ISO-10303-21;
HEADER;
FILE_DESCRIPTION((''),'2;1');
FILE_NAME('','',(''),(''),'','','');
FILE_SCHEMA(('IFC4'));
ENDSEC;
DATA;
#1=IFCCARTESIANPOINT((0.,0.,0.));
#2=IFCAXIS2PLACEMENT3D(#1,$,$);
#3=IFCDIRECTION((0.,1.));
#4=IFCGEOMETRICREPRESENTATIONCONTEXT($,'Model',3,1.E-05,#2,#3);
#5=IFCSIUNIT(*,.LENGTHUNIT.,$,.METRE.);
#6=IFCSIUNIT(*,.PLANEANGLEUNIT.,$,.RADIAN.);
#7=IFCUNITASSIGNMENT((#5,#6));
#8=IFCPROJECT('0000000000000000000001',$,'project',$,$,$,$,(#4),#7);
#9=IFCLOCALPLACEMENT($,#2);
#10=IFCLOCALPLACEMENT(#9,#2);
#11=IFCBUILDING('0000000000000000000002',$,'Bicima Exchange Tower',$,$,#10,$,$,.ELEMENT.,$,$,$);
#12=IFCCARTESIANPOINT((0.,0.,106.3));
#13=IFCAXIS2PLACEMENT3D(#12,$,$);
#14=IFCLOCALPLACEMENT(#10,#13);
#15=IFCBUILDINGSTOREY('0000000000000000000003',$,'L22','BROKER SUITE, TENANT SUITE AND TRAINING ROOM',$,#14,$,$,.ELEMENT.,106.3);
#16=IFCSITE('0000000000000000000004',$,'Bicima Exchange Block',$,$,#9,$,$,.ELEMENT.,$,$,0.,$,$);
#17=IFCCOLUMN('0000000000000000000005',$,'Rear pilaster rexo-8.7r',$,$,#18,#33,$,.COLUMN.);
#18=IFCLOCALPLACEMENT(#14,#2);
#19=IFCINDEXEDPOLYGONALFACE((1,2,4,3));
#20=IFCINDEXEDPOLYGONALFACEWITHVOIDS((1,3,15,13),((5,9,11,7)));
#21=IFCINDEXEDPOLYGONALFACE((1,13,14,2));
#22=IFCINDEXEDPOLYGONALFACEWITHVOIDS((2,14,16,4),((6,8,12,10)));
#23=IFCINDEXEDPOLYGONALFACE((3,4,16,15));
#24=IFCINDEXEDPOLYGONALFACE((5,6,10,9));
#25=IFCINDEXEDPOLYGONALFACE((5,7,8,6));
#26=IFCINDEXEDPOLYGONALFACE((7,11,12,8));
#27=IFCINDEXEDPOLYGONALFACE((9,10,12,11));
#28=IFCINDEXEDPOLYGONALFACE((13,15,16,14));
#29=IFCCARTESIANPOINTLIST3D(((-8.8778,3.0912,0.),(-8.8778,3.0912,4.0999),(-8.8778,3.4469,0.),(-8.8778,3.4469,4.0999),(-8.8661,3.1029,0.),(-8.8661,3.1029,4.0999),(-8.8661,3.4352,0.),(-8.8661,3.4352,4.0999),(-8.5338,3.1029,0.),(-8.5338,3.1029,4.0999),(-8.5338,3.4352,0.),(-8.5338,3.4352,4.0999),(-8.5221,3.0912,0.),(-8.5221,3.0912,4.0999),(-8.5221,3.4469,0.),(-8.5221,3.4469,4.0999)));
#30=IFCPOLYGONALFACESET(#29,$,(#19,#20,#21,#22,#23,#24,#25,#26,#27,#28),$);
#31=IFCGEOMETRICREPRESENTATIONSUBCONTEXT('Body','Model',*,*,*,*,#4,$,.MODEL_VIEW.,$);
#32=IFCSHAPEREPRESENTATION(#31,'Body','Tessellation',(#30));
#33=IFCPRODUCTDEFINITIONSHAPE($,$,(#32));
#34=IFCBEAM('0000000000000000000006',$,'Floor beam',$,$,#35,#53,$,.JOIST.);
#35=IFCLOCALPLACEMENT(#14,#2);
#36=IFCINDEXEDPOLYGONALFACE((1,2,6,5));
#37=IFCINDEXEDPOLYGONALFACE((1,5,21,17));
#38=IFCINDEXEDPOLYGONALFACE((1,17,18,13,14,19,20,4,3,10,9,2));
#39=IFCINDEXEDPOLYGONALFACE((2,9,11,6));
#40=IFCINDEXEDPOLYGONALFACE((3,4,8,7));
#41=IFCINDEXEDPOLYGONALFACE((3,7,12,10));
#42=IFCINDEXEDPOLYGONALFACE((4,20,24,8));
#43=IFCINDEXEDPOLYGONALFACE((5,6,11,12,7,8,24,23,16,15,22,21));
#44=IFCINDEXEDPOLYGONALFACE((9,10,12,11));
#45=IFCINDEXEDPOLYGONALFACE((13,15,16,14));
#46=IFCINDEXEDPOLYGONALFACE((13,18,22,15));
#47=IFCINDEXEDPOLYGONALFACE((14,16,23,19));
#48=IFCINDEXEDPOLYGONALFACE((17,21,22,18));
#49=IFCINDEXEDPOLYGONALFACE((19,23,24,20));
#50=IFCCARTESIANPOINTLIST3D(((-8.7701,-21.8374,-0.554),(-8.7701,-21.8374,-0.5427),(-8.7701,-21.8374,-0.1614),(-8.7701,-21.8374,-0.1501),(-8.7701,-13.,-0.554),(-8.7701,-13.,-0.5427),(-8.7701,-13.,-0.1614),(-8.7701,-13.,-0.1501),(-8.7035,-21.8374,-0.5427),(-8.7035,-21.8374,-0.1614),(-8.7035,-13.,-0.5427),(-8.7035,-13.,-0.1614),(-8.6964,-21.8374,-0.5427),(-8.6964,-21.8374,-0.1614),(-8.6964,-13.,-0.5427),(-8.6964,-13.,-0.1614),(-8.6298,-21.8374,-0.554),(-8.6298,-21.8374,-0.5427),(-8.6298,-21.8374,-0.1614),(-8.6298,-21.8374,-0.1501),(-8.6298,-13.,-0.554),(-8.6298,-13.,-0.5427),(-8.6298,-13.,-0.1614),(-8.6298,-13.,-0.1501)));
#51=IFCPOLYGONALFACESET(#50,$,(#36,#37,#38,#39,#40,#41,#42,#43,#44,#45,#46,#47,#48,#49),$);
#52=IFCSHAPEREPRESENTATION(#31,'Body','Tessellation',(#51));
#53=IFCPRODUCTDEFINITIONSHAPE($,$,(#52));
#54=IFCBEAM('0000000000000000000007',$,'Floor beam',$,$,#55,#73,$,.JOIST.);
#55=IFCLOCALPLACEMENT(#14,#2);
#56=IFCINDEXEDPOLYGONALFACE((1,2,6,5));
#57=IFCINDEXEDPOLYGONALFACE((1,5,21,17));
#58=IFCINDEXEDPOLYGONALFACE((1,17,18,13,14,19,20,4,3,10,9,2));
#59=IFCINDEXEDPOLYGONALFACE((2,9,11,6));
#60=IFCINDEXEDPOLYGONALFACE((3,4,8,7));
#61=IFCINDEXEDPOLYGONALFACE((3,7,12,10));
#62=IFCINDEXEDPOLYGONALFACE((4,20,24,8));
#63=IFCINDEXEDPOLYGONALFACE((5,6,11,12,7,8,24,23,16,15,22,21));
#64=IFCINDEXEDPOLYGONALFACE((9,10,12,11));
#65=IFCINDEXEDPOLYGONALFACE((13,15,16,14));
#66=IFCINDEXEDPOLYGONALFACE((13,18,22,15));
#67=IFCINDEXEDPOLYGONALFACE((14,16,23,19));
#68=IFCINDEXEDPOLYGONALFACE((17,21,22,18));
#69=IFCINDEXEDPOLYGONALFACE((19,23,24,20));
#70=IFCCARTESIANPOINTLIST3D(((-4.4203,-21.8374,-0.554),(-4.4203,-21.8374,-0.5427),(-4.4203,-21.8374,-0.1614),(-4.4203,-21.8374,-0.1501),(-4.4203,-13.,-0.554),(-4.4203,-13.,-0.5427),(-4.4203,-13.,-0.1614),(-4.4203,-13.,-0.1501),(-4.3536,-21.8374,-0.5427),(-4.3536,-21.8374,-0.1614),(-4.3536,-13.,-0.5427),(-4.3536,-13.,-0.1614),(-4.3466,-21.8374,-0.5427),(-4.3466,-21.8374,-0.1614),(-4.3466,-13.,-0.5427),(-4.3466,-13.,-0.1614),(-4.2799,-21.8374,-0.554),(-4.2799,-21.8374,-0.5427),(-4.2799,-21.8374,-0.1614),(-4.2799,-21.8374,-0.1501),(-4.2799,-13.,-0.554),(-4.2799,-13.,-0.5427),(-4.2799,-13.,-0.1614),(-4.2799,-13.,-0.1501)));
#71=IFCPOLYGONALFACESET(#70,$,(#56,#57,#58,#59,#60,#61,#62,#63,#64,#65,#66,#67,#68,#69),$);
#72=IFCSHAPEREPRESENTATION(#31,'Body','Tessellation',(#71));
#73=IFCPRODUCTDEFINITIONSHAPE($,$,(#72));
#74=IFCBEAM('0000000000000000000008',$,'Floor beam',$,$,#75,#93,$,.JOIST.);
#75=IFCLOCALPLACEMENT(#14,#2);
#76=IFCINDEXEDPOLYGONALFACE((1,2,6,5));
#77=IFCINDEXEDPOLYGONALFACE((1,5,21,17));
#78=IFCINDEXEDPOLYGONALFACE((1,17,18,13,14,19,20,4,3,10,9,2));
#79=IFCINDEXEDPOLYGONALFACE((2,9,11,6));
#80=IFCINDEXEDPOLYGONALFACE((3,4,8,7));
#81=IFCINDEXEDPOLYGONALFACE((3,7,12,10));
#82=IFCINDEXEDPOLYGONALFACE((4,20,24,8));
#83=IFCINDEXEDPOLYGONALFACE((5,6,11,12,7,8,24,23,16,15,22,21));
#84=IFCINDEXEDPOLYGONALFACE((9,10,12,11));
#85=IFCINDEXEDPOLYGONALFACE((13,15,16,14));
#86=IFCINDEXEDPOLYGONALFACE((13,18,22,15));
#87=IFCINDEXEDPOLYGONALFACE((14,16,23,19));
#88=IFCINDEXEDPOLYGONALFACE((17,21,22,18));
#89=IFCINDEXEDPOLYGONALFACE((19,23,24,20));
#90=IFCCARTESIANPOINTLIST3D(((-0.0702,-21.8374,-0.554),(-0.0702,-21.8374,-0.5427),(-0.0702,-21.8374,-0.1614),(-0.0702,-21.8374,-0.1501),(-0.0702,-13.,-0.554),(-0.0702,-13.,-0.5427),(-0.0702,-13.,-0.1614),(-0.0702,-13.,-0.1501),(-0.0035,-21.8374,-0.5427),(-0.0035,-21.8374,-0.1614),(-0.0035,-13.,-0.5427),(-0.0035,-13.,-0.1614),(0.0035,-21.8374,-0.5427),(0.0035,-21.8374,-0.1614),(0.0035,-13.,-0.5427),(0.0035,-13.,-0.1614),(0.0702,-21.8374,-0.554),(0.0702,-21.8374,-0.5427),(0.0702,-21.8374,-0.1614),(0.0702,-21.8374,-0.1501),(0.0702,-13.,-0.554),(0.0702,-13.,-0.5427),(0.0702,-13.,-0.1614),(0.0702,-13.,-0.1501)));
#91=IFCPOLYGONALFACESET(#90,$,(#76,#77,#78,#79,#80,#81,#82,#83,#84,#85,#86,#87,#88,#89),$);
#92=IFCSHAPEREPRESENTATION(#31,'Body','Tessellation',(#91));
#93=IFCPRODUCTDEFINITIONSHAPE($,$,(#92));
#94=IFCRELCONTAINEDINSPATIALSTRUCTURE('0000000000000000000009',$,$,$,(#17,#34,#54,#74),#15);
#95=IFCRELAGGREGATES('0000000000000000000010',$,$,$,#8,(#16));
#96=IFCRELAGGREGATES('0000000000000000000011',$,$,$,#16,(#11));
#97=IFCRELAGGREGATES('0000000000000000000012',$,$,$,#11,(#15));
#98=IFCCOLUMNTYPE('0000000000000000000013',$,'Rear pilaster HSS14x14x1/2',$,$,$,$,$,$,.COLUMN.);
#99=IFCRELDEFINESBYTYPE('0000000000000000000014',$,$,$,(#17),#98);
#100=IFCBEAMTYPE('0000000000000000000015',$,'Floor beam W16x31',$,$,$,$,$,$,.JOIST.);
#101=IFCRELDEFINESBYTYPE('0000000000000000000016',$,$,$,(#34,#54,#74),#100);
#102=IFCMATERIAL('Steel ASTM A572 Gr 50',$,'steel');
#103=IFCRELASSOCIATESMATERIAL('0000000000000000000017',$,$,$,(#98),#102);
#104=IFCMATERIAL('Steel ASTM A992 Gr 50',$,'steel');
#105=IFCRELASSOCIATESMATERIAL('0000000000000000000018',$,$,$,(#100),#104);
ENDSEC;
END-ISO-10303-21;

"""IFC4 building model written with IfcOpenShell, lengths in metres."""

from ifc_helpers import new_model, si_unit, direction, frame, origin, origin_2d, place, context, subcontext, project, spatial, hollow_rectangle, i_section, extrude, material, material_profile, profile_set, type_object, element, save


model = new_model("IFC4")

# Units and contexts
model_context = context("Model", 3, precision=1e-05, world=origin(), true_north=direction((0.0, 1.0)))
body_context = subcontext(model_context, "Body", "Model", "MODEL_VIEW")
ifc_project = project(units=[si_unit("LENGTHUNIT", "METRE"), si_unit("PLANEANGLEUNIT", "RADIAN")], contexts=[model_context])

# Site, building, storey
site_placement = place(None, origin())
site = spatial("IfcSite", under=ifc_project, at=site_placement, Name="Bicima Exchange Block", CompositionType="ELEMENT", RefElevation=0.0)
building_placement = place(site_placement, origin())
building = spatial("IfcBuilding", under=site, at=building_placement, Name="Bicima Exchange Tower", CompositionType="ELEMENT")
storey_placement = place(building_placement, frame((0.0, 0.0, 106.3)))
storey = spatial("IfcBuildingStorey", under=building, at=storey_placement, Name="L22", Description="BROKER SUITE, TENANT SUITE AND TRAINING ROOM", CompositionType="ELEMENT", Elevation=106.3)

# Column
ifc_material_1 = material(Name="Steel ASTM A572 Gr 50", Category="steel")
ifc_material_profile_1 = material_profile(ifc_material_1, hollow_rectangle(XDim=0.3557, YDim=0.3557, WallThickness=0.0117, at=origin_2d()))
ifc_profile_set_1 = profile_set([ifc_material_profile_1], Name="Steel ASTM A572 Gr 50")
column_type = type_object("IfcColumnType", Name="Rear pilaster HSS14x14x1/2", PredefinedType="COLUMN", material=ifc_profile_set_1)
column_placement = place(storey_placement, frame((-8.7, 3.269, 0.0), z_axis=(0.0, 0.0, 1.0), x_axis=(1.0, 0.0, 0.0)))
element("IfcColumn", 1, at=column_placement, inside=storey, type_object=column_type, Name="Rear pilaster rexo-8.7r", PredefinedType="COLUMN", context=body_context, shape_type="SweptSolid", body=[
    extrude(hollow_rectangle(XDim=0.3557, YDim=0.3557, WallThickness=0.0117, at=origin_2d()), origin(), (0.0, 0.0, 1.0), 4.0999),
])

# Beams
ifc_material_2 = material(Name="Steel ASTM A992 Gr 50", Category="steel")
ifc_material_profile_2 = material_profile(ifc_material_2, i_section(OverallWidth=0.1404, OverallDepth=0.4038, WebThickness=0.0071, FlangeThickness=0.0112, at=origin_2d()))
ifc_profile_set_2 = profile_set([ifc_material_profile_2], Name="Steel ASTM A992 Gr 50")
beam_type = type_object("IfcBeamType", Name="Floor beam W16x31", PredefinedType="JOIST", material=ifc_profile_set_2)
for number, where, z_axis, x_axis, name in (
    (2, (-8.7, -13.0, -0.3521), (0.0, -1.0, 0.0), (1.0, 0.0, 0.0), "Floor beam"),
    (3, (-4.3501, -13.0, -0.3521), (0.0, -1.0, 0.0), (1.0, 0.0, 0.0), "Floor beam"),
    (4, (0.0, -13.0, -0.3521), (0.0, -1.0, 0.0), (1.0, 0.0, 0.0), "Floor beam"),
):
    element("IfcBeam", number, at=place(storey_placement, frame(where, z_axis=z_axis, x_axis=x_axis)), inside=storey, type_object=beam_type, Name=name, PredefinedType="JOIST", context=body_context, shape_type="SweptSolid", body=[
        extrude(i_section(OverallWidth=0.1404, OverallDepth=0.4038, WebThickness=0.0071, FlangeThickness=0.0112, at=origin_2d()), origin(), (0.0, 0.0, 1.0), 8.8374),
    ])

save(model, "model.ifc")
